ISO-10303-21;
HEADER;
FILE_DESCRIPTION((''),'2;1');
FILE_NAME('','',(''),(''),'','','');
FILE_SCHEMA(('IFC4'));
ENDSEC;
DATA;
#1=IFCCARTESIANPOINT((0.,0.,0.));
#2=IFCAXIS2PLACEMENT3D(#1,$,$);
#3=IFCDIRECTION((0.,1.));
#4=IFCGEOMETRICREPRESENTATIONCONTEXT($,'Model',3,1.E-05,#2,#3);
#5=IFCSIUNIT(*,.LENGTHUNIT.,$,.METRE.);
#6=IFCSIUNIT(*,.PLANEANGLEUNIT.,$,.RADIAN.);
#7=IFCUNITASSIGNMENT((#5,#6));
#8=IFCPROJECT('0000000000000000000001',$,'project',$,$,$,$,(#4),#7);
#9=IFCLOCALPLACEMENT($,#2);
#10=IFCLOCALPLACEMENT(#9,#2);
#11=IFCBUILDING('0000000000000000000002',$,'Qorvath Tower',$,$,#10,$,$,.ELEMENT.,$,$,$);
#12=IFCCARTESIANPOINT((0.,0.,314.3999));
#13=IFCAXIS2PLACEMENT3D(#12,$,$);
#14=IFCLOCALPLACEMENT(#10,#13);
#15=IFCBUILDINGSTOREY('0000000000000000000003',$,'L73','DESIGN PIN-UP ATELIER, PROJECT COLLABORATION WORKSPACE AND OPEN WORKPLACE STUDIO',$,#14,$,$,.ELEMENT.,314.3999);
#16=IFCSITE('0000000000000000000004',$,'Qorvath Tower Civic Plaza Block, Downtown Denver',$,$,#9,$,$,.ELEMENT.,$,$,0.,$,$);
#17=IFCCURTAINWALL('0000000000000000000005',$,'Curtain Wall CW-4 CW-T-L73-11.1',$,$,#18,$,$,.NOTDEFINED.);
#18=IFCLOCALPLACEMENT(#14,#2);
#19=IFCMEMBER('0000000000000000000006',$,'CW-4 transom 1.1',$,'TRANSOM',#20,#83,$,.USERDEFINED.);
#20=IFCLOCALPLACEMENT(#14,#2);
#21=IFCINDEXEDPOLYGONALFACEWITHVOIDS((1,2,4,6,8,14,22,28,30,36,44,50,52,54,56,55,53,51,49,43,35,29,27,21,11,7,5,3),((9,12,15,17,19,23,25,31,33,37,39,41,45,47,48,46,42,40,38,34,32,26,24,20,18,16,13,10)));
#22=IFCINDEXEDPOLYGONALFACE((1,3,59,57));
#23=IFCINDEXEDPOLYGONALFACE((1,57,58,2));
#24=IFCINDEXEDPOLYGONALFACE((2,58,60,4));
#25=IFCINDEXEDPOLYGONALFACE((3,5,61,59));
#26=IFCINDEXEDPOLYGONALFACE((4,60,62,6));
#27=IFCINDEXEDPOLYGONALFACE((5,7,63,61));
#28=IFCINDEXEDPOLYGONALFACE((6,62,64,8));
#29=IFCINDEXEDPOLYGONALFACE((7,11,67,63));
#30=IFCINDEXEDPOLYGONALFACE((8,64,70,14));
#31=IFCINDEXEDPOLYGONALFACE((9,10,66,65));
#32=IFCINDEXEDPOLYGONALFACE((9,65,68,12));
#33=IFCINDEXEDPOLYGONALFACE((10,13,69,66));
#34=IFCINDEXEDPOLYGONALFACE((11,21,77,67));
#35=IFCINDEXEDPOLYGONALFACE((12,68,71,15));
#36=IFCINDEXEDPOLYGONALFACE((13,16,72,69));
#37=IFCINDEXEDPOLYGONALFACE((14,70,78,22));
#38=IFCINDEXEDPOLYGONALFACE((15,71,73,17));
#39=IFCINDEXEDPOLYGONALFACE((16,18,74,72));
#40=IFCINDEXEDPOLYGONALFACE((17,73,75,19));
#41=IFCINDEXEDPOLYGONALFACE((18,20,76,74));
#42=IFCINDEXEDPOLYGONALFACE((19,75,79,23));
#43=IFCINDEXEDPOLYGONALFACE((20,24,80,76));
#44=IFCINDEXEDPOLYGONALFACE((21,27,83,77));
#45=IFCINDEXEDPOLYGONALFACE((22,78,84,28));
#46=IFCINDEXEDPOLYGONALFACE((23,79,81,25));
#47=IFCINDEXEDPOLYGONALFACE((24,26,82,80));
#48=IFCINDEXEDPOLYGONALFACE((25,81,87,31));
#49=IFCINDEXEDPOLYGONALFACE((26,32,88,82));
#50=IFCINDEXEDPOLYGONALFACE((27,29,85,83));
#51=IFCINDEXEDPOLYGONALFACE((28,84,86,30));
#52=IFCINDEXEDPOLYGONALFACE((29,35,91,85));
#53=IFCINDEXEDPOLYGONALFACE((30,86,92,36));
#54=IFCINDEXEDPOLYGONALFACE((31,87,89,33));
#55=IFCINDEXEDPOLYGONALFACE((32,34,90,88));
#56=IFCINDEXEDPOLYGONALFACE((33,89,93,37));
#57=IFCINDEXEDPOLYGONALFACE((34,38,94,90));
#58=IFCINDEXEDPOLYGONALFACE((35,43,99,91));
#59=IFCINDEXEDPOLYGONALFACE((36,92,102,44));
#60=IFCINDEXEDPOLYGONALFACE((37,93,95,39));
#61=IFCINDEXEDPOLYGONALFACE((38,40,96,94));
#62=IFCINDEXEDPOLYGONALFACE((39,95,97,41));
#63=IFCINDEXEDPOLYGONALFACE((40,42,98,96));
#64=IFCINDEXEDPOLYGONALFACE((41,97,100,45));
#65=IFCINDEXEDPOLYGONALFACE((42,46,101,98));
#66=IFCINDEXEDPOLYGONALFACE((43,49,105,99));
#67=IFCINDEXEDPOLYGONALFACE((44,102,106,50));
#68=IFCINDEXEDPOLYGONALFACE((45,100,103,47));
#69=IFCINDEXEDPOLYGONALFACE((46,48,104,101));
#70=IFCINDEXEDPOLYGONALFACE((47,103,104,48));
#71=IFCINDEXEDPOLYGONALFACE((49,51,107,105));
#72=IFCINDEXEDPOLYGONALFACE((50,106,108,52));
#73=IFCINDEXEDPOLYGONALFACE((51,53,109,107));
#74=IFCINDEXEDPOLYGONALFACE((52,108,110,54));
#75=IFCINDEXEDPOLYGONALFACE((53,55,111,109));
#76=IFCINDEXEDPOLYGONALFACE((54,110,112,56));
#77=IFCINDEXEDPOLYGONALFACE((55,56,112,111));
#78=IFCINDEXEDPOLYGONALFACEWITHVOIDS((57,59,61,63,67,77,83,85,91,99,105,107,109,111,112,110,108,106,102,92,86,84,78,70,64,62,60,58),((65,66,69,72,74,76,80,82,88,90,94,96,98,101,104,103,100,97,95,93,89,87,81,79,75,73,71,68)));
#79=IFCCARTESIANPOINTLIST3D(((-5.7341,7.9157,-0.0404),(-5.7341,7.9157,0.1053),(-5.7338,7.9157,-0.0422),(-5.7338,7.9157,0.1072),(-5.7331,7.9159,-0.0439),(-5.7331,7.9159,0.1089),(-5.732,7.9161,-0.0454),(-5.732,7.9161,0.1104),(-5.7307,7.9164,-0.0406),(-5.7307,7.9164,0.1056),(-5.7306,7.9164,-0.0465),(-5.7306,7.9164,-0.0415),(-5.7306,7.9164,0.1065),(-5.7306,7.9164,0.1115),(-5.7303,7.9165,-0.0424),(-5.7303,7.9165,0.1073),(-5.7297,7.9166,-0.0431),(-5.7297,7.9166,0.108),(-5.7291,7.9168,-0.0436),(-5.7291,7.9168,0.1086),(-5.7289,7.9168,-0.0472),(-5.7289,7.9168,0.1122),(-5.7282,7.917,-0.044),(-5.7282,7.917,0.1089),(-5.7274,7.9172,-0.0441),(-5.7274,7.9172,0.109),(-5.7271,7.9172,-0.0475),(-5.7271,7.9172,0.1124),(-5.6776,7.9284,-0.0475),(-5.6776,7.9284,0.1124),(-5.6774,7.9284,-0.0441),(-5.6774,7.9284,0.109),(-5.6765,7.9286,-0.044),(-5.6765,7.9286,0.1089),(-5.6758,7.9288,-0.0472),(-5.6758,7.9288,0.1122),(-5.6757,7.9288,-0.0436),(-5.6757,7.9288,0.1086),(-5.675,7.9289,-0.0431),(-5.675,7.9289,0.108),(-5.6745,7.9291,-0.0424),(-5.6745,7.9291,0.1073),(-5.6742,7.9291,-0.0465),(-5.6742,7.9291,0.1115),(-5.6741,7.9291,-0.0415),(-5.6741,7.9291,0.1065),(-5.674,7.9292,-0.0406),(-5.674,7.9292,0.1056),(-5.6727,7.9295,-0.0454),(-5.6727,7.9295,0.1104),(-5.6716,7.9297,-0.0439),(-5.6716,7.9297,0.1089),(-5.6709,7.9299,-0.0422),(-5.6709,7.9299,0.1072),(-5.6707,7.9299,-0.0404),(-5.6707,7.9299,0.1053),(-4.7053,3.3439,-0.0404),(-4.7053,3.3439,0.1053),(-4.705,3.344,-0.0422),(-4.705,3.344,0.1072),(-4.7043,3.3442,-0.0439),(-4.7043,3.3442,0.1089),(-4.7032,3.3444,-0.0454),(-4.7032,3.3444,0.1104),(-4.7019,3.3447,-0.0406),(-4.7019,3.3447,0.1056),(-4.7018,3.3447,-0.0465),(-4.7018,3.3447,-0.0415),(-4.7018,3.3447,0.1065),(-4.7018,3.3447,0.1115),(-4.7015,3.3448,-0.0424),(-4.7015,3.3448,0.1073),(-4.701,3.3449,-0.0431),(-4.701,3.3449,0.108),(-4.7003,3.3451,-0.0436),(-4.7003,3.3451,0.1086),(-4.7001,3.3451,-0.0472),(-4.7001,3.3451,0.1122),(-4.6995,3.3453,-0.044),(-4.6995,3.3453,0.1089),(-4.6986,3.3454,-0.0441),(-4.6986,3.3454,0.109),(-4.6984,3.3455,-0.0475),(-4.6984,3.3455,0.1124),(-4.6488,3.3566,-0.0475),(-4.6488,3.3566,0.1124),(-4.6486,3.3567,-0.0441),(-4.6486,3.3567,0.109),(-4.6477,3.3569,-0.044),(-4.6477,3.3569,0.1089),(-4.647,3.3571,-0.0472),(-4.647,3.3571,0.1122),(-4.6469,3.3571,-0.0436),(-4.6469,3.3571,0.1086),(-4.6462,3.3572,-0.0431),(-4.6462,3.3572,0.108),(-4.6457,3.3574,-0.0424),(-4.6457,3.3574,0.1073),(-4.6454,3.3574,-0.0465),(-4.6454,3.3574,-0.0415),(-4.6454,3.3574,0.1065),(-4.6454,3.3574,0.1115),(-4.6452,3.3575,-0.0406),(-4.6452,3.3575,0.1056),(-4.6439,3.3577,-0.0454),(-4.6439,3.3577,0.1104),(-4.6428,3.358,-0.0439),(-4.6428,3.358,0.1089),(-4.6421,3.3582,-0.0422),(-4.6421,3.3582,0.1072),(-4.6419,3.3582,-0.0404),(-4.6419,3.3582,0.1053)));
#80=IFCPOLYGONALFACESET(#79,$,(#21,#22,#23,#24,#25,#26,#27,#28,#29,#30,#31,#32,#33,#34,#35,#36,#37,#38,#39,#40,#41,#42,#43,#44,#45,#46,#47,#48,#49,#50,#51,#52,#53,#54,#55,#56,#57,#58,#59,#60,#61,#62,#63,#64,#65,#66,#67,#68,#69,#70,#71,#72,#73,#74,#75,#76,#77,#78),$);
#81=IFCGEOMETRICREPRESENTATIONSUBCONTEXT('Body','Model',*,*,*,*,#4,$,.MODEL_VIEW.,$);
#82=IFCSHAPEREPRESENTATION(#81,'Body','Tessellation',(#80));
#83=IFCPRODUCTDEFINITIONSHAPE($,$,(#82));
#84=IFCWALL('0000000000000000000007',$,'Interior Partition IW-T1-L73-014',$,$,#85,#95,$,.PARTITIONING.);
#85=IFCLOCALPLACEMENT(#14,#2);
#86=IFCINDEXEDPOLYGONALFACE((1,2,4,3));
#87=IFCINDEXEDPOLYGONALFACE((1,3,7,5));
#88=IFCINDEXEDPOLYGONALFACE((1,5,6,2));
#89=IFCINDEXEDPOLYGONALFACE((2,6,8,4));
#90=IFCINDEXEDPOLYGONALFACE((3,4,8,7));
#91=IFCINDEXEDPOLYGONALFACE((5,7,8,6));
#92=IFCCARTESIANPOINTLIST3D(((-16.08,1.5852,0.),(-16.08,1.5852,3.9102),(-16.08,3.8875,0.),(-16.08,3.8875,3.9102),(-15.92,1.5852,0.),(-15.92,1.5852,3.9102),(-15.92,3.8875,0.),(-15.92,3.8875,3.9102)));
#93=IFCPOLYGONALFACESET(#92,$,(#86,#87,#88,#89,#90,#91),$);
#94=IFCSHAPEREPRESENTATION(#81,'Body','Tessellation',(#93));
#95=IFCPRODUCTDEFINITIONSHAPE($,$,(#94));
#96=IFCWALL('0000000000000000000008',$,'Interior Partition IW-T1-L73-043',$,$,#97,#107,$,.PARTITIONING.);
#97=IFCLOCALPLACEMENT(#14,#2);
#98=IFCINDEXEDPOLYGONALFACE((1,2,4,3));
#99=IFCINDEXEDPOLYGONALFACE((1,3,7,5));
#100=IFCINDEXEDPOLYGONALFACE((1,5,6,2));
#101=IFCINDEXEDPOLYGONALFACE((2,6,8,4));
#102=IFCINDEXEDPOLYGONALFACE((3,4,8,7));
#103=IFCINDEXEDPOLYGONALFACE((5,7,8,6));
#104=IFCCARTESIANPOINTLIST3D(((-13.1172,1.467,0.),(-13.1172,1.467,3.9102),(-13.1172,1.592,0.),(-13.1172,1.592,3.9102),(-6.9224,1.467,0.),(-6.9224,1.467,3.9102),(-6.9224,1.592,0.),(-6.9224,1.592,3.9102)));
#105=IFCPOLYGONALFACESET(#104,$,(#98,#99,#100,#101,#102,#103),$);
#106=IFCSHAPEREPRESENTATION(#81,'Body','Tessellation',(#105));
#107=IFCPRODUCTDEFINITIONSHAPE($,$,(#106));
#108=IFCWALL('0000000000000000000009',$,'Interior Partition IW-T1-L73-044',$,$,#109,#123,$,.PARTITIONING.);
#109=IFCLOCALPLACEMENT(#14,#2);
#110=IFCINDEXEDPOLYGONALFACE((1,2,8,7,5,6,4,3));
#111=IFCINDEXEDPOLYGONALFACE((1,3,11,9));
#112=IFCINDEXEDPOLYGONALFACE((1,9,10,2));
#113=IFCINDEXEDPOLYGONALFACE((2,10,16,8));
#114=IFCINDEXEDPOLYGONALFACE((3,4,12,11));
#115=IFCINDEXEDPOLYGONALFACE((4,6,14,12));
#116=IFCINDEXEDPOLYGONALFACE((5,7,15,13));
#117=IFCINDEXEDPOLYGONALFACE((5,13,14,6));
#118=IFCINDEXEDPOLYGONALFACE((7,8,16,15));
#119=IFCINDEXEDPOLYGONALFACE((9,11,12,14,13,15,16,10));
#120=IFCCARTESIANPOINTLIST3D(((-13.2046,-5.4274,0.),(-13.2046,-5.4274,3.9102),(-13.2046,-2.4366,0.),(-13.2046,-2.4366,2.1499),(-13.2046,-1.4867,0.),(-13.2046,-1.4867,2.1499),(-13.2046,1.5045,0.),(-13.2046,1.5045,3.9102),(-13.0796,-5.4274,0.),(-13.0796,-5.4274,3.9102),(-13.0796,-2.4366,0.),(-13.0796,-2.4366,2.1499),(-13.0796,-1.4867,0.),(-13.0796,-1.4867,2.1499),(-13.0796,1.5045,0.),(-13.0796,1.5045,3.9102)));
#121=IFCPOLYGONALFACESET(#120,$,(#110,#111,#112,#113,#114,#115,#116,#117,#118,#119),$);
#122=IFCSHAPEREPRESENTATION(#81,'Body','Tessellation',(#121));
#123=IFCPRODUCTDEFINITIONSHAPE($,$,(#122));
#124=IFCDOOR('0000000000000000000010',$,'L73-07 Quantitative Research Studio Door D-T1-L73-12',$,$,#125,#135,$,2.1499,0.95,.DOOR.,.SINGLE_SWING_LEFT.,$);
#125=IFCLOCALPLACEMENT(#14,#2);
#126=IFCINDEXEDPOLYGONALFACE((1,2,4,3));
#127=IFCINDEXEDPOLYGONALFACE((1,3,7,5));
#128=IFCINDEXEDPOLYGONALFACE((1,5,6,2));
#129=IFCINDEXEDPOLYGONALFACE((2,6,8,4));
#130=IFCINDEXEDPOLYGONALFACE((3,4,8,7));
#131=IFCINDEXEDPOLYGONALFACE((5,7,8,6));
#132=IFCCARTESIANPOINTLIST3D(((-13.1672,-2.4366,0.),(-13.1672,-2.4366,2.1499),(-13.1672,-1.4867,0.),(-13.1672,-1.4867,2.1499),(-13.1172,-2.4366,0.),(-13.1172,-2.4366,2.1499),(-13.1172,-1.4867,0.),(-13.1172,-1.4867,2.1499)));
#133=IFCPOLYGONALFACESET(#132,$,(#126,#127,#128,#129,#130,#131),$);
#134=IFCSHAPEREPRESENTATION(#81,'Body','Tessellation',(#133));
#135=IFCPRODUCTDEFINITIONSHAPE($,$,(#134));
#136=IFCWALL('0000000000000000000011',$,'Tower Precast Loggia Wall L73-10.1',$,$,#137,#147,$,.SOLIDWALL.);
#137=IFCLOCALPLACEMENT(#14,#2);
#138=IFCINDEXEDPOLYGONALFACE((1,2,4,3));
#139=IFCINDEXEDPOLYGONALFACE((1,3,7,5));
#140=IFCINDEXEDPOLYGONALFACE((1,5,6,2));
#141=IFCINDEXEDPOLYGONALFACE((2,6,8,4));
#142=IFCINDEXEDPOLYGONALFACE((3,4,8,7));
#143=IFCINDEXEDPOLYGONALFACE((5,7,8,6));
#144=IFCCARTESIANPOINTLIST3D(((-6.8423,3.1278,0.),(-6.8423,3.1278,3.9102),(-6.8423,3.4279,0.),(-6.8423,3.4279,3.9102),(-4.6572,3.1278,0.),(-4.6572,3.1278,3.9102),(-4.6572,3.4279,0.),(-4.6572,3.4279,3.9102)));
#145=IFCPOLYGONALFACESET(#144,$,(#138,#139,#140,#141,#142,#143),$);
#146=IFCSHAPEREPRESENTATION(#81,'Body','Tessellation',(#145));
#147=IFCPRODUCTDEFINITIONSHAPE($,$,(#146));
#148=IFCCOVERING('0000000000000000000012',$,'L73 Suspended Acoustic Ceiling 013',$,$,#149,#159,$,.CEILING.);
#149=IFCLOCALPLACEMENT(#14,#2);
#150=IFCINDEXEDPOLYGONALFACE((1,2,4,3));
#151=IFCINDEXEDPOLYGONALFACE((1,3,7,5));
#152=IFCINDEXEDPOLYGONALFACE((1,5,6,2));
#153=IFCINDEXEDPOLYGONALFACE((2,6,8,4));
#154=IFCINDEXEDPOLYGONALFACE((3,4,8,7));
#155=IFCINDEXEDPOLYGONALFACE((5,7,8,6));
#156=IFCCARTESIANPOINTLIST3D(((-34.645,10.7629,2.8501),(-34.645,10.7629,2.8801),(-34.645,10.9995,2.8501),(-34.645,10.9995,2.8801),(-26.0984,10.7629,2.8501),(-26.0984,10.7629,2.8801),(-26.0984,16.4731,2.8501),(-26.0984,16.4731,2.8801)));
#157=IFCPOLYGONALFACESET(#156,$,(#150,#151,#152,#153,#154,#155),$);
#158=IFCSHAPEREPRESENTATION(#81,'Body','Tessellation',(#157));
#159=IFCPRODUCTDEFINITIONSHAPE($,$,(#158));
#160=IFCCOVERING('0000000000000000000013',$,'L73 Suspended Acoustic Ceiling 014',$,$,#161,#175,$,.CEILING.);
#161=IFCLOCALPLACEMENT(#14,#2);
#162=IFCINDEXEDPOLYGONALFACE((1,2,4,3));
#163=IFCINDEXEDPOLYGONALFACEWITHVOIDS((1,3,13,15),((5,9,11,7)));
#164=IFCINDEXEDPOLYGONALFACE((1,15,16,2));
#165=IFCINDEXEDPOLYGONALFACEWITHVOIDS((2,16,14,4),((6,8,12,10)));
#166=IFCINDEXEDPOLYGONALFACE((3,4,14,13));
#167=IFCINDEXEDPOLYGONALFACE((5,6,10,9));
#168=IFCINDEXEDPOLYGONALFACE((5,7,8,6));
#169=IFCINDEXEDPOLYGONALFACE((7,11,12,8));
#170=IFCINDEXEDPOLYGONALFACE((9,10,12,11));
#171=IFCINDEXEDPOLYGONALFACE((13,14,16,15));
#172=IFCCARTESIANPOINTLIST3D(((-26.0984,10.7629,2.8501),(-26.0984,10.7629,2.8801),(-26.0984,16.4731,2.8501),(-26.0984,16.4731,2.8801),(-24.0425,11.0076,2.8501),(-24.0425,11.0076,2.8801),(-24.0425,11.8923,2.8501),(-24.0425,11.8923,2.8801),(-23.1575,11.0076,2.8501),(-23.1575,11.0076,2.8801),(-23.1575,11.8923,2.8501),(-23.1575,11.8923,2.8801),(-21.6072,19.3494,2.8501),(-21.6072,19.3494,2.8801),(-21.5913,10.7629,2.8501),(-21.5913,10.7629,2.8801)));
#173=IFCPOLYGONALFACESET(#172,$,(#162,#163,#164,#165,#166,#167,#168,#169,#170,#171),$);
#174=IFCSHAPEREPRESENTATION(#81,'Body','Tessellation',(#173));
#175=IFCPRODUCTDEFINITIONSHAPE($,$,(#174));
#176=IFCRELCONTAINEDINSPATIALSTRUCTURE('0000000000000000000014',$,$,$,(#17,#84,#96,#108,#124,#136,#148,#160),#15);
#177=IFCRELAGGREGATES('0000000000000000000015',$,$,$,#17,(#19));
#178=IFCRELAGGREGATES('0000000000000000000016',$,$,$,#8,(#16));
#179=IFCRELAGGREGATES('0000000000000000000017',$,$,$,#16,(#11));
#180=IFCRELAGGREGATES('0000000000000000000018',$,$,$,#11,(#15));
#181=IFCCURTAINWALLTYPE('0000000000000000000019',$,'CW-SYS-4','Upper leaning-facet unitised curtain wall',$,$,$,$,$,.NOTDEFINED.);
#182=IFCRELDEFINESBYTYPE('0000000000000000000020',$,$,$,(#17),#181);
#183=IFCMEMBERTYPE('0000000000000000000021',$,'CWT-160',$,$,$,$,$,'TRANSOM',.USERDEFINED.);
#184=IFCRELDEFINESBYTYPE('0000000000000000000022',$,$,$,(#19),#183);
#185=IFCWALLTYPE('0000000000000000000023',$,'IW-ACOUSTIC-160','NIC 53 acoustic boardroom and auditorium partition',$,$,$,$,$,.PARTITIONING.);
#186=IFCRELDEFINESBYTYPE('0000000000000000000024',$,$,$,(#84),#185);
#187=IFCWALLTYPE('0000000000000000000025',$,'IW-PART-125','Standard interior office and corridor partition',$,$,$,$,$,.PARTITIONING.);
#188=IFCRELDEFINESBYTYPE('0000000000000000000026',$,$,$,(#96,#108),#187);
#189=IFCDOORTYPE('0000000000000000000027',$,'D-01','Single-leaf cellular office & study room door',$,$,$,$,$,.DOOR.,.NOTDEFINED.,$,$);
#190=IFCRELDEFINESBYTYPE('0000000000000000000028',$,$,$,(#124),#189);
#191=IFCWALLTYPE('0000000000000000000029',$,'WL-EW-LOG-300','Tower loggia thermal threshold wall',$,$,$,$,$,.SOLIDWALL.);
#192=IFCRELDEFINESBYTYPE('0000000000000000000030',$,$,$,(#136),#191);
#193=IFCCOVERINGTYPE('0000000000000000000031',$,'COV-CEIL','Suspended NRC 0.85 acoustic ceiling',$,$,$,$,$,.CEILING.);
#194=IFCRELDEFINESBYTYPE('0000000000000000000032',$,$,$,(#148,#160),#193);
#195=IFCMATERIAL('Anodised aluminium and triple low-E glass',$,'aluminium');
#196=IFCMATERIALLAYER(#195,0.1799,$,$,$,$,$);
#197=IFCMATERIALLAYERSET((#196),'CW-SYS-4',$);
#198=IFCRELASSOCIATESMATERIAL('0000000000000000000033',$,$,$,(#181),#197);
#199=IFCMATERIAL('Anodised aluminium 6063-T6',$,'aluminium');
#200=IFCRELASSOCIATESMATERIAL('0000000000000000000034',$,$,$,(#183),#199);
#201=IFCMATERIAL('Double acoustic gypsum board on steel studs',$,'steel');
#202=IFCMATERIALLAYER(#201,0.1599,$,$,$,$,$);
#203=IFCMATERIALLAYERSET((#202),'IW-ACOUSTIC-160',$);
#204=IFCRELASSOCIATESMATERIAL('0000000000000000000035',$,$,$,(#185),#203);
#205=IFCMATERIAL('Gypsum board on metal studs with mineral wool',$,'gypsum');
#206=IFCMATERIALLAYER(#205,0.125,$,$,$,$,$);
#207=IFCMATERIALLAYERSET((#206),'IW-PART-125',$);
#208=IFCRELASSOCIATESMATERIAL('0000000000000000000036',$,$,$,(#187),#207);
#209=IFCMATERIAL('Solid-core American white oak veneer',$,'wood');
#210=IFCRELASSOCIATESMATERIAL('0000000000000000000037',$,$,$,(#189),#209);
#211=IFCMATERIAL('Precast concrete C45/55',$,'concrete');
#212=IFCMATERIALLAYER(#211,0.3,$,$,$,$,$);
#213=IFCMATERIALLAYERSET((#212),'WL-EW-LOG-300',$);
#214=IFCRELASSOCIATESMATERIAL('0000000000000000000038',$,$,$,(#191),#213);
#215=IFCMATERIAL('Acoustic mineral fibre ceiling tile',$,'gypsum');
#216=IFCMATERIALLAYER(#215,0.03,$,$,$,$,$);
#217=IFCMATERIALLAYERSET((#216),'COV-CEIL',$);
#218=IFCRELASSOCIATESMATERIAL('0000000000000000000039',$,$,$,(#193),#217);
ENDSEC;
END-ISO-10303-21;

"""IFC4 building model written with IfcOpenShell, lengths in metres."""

from ifc_helpers import new_model, si_unit, direction, frame, frame_2d, origin, origin_2d, place, context, subcontext, project, spatial, polyline, rectangle, hollow_rectangle, outline, extrude, material, layer, layer_set, material_profile, profile_set, type_object, element, fill, aggregate, save


model = new_model("IFC4")

# Units and contexts
model_context = context("Model", 3, precision=1e-05, world=origin(), true_north=direction((0.0, 1.0)))
body_context = subcontext(model_context, "Body", "Model", "MODEL_VIEW")
ifc_project = project(units=[si_unit("LENGTHUNIT", "METRE"), si_unit("PLANEANGLEUNIT", "RADIAN")], contexts=[model_context])

# Site, building, storey
site_placement = place(None, origin())
site = spatial("IfcSite", under=ifc_project, at=site_placement, Name="Qorvath Tower Civic Plaza Block, Downtown Denver", CompositionType="ELEMENT", RefElevation=0.0)
building_placement = place(site_placement, origin())
building = spatial("IfcBuilding", under=site, at=building_placement, Name="Qorvath Tower", CompositionType="ELEMENT")
storey_placement = place(building_placement, frame((0.0, 0.0, 314.3999)))
storey = spatial("IfcBuildingStorey", under=building, at=storey_placement, Name="L73", Description="DESIGN PIN-UP ATELIER, PROJECT COLLABORATION WORKSPACE AND OPEN WORKPLACE STUDIO", CompositionType="ELEMENT", Elevation=314.3999)

# Shared definitions
ifc_material_1 = material(Name="Anodised aluminium and triple low-E glass", Category="aluminium")
ifc_layer_1 = layer(ifc_material_1, 0.1799)
ifc_layer_set_1 = layer_set([ifc_layer_1], Name="CW-SYS-4")
curtain_wall_type = type_object("IfcCurtainWallType", Name="CW-SYS-4", Description="Upper leaning-facet unitised curtain wall", PredefinedType="NOTDEFINED", material=ifc_layer_set_1)

# Curtain wall, member
curtain_wall_1_placement = place(storey_placement, origin())
curtain_wall_1 = element("IfcCurtainWall", 1, at=curtain_wall_1_placement, inside=storey, type_object=curtain_wall_type, Name="Curtain Wall CW-4 CW-T-L73-11.1", PredefinedType="NOTDEFINED")
ifc_material_2 = material(Name="Anodised aluminium 6063-T6", Category="aluminium")
ifc_material_profile_1 = material_profile(ifc_material_2, hollow_rectangle(XDim=0.0649, YDim=0.1599, WallThickness=0.0034, InnerFilletRadius=0.0034, OuterFilletRadius=0.0071, at=origin_2d()), Name="CWT 160x65")
ifc_profile_set_1 = profile_set([ifc_material_profile_1], Name="Anodised aluminium 6063-T6")
member_type_1 = type_object("IfcMemberType", Name="CWT-160", ElementType="TRANSOM", PredefinedType="USERDEFINED", material=ifc_profile_set_1)
member_1_placement = place(storey_placement, frame((-4.6736, 3.3511, 0.0325), z_axis=(-0.219544, 0.975603, 0.0), x_axis=(-0.975603, -0.219544, 0.0)))
member_1 = element("IfcMember", 2, at=member_1_placement, type_object=member_type_1, Name="CW-4 transom 1.1", ObjectType="TRANSOM", PredefinedType="USERDEFINED", context=body_context, shape_type="SweptSolid", body=[
    extrude(hollow_rectangle(XDim=0.0649, YDim=0.1599, WallThickness=0.0034, InnerFilletRadius=0.0034, OuterFilletRadius=0.0071, at=origin_2d()), origin(), (0.0, 0.0, 1.0), 4.686),
])
aggregate(curtain_wall_1, [member_1])

# Walls
ifc_material_3 = material(Name="Double acoustic gypsum board on steel studs", Category="steel")
ifc_layer_2 = layer(ifc_material_3, 0.1599)
ifc_layer_set_2 = layer_set([ifc_layer_2], Name="IW-ACOUSTIC-160")
wall_type_1 = type_object("IfcWallType", Name="IW-ACOUSTIC-160", Description="NIC 53 acoustic boardroom and auditorium partition", PredefinedType="PARTITIONING", material=ifc_layer_set_2)
wall_1_placement = place(storey_placement, frame((-16.0, 1.5852, 0.0), z_axis=(0.0, 0.0, 1.0), x_axis=(0.0, 1.0, 0.0)))
element("IfcWall", 3, at=wall_1_placement, inside=storey, type_object=wall_type_1, Name="Interior Partition IW-T1-L73-014", PredefinedType="PARTITIONING", context=body_context, shape_type="SweptSolid", body=[
    extrude(rectangle(XDim=2.3022, YDim=0.1599, at=frame_2d((1.1511, 0.0))), origin(), (0.0, 0.0, 1.0), 3.9102),
])
ifc_material_4 = material(Name="Gypsum board on metal studs with mineral wool", Category="gypsum")
ifc_layer_3 = layer(ifc_material_4, 0.125)
ifc_layer_set_3 = layer_set([ifc_layer_3], Name="IW-PART-125")
wall_type_2 = type_object("IfcWallType", Name="IW-PART-125", Description="Standard interior office and corridor partition", PredefinedType="PARTITIONING", material=ifc_layer_set_3)
wall_2_placement = place(storey_placement, frame((-6.9224, 1.5295, 0.0), z_axis=(0.0, 0.0, 1.0), x_axis=(-1.0, 0.0, 0.0)))
element("IfcWall", 4, at=wall_2_placement, inside=storey, type_object=wall_type_2, Name="Interior Partition IW-T1-L73-043", PredefinedType="PARTITIONING", context=body_context, shape_type="SweptSolid", body=[
    extrude(rectangle(XDim=6.1948, YDim=0.125, at=frame_2d((3.0974, 0.0))), origin(), (0.0, 0.0, 1.0), 3.9102),
])

# Wall, opening, door
wall_3_placement = place(storey_placement, frame((-13.1421, 1.5044, 0.0), z_axis=(0.0, 0.0, 1.0), x_axis=(0.0, -1.0, 0.0)))
wall_3 = element("IfcWall", 5, at=wall_3_placement, inside=storey, type_object=wall_type_2, Name="Interior Partition IW-T1-L73-044", PredefinedType="PARTITIONING", context=body_context, shape_type="SweptSolid", body=[
    extrude(rectangle(XDim=6.9319, YDim=0.125, at=frame_2d((3.4658, 0.0))), origin(), (0.0, 0.0, 1.0), 3.9102),
])
opening_placement = place(wall_3_placement, frame((2.991, 0.0, 0.0)))
opening = element("IfcOpeningElement", 6, at=opening_placement, cuts=wall_3, PredefinedType="OPENING", context=body_context, shape_type="SweptSolid", body=[
    extrude(rectangle(XDim=0.95, YDim=2.1499, at=frame_2d((0.4751, 1.075))), frame((0.0, 0.0725, 0.0), z_axis=(0.0, -1.0, 0.0), x_axis=(1.0, 0.0, 0.0)), (0.0, 0.0, 1.0), 0.145),
])
ifc_material_5 = material(Name="Solid-core American white oak veneer", Category="wood")
door_type = type_object("IfcDoorType", Name="D-01", Description="Single-leaf cellular office & study room door", OperationType="NOTDEFINED", PredefinedType="DOOR", material=ifc_material_5)
door_placement = place(opening_placement, origin())
door = element("IfcDoor", 7, at=door_placement, inside=storey, type_object=door_type, Name="L73-07 Quantitative Research Studio Door D-T1-L73-12", OperationType="SINGLE_SWING_LEFT", OverallHeight=2.1499, OverallWidth=0.95, PredefinedType="DOOR", context=body_context, shape_type="SweptSolid", body=[
    extrude(rectangle(XDim=0.95, YDim=2.1499, at=frame_2d((0.4751, 1.075))), frame((0.0, 0.0249, 0.0), z_axis=(0.0, -1.0, 0.0), x_axis=(1.0, 0.0, 0.0)), (0.0, 0.0, 1.0), 0.05),
])
fill(opening, door)

# Wall
ifc_material_6 = material(Name="Precast concrete C45/55", Category="concrete")
ifc_layer_4 = layer(ifc_material_6, 0.3)
ifc_layer_set_4 = layer_set([ifc_layer_4], Name="WL-EW-LOG-300")
wall_type_3 = type_object("IfcWallType", Name="WL-EW-LOG-300", Description="Tower loggia thermal threshold wall", PredefinedType="SOLIDWALL", material=ifc_layer_set_4)
wall_4_placement = place(storey_placement, frame((-6.8423, 3.2778, 0.0), z_axis=(0.0, 0.0, 1.0), x_axis=(1.0, 0.0, 0.0)))
element("IfcWall", 8, at=wall_4_placement, inside=storey, type_object=wall_type_3, Name="Tower Precast Loggia Wall L73-10.1", PredefinedType="SOLIDWALL", context=body_context, shape_type="SweptSolid", body=[
    extrude(rectangle(XDim=2.1851, YDim=0.3, at=frame_2d((1.0925, 0.0))), origin(), (0.0, 0.0, 1.0), 3.9102),
])

# Coverings
ifc_material_7 = material(Name="Acoustic mineral fibre ceiling tile", Category="gypsum")
ifc_layer_5 = layer(ifc_material_7, 0.03)
ifc_layer_set_5 = layer_set([ifc_layer_5], Name="COV-CEIL")
covering_type_1 = type_object("IfcCoveringType", Name="COV-CEIL", Description="Suspended NRC 0.85 acoustic ceiling", PredefinedType="CEILING", material=ifc_layer_set_5)
covering_1_placement = place(storey_placement, frame((0.0, 0.0, 2.8501)))
element("IfcCovering", 9, at=covering_1_placement, inside=storey, type_object=covering_type_1, Name="L73 Suspended Acoustic Ceiling 013", PredefinedType="CEILING", context=body_context, shape_type="SweptSolid", body=[
    extrude(outline(polyline([(-26.0984, 10.7629), (-26.0984, 16.4731), (-34.645, 10.9995), (-34.645, 10.7629), (-26.0984, 10.7629)])), origin(), (0.0, 0.0, 1.0), 0.03),
])
covering_2_placement = place(storey_placement, frame((0.0, 0.0, 2.8501)))
element("IfcCovering", 10, at=covering_2_placement, inside=storey, type_object=covering_type_1, Name="L73 Suspended Acoustic Ceiling 014", PredefinedType="CEILING", context=body_context, shape_type="SweptSolid", body=[
    extrude(outline(polyline([(-21.5913, 10.7629), (-21.6072, 19.3494), (-26.0984, 16.4731), (-26.0984, 10.7629), (-21.5913, 10.7629)]), holes=[polyline([(-24.0425, 11.0076), (-24.0425, 11.8923), (-23.1575, 11.8923), (-23.1575, 11.0076), (-24.0425, 11.0076)])]), origin(), (0.0, 0.0, 1.0), 0.03),
])

save(model, "model.ifc")
